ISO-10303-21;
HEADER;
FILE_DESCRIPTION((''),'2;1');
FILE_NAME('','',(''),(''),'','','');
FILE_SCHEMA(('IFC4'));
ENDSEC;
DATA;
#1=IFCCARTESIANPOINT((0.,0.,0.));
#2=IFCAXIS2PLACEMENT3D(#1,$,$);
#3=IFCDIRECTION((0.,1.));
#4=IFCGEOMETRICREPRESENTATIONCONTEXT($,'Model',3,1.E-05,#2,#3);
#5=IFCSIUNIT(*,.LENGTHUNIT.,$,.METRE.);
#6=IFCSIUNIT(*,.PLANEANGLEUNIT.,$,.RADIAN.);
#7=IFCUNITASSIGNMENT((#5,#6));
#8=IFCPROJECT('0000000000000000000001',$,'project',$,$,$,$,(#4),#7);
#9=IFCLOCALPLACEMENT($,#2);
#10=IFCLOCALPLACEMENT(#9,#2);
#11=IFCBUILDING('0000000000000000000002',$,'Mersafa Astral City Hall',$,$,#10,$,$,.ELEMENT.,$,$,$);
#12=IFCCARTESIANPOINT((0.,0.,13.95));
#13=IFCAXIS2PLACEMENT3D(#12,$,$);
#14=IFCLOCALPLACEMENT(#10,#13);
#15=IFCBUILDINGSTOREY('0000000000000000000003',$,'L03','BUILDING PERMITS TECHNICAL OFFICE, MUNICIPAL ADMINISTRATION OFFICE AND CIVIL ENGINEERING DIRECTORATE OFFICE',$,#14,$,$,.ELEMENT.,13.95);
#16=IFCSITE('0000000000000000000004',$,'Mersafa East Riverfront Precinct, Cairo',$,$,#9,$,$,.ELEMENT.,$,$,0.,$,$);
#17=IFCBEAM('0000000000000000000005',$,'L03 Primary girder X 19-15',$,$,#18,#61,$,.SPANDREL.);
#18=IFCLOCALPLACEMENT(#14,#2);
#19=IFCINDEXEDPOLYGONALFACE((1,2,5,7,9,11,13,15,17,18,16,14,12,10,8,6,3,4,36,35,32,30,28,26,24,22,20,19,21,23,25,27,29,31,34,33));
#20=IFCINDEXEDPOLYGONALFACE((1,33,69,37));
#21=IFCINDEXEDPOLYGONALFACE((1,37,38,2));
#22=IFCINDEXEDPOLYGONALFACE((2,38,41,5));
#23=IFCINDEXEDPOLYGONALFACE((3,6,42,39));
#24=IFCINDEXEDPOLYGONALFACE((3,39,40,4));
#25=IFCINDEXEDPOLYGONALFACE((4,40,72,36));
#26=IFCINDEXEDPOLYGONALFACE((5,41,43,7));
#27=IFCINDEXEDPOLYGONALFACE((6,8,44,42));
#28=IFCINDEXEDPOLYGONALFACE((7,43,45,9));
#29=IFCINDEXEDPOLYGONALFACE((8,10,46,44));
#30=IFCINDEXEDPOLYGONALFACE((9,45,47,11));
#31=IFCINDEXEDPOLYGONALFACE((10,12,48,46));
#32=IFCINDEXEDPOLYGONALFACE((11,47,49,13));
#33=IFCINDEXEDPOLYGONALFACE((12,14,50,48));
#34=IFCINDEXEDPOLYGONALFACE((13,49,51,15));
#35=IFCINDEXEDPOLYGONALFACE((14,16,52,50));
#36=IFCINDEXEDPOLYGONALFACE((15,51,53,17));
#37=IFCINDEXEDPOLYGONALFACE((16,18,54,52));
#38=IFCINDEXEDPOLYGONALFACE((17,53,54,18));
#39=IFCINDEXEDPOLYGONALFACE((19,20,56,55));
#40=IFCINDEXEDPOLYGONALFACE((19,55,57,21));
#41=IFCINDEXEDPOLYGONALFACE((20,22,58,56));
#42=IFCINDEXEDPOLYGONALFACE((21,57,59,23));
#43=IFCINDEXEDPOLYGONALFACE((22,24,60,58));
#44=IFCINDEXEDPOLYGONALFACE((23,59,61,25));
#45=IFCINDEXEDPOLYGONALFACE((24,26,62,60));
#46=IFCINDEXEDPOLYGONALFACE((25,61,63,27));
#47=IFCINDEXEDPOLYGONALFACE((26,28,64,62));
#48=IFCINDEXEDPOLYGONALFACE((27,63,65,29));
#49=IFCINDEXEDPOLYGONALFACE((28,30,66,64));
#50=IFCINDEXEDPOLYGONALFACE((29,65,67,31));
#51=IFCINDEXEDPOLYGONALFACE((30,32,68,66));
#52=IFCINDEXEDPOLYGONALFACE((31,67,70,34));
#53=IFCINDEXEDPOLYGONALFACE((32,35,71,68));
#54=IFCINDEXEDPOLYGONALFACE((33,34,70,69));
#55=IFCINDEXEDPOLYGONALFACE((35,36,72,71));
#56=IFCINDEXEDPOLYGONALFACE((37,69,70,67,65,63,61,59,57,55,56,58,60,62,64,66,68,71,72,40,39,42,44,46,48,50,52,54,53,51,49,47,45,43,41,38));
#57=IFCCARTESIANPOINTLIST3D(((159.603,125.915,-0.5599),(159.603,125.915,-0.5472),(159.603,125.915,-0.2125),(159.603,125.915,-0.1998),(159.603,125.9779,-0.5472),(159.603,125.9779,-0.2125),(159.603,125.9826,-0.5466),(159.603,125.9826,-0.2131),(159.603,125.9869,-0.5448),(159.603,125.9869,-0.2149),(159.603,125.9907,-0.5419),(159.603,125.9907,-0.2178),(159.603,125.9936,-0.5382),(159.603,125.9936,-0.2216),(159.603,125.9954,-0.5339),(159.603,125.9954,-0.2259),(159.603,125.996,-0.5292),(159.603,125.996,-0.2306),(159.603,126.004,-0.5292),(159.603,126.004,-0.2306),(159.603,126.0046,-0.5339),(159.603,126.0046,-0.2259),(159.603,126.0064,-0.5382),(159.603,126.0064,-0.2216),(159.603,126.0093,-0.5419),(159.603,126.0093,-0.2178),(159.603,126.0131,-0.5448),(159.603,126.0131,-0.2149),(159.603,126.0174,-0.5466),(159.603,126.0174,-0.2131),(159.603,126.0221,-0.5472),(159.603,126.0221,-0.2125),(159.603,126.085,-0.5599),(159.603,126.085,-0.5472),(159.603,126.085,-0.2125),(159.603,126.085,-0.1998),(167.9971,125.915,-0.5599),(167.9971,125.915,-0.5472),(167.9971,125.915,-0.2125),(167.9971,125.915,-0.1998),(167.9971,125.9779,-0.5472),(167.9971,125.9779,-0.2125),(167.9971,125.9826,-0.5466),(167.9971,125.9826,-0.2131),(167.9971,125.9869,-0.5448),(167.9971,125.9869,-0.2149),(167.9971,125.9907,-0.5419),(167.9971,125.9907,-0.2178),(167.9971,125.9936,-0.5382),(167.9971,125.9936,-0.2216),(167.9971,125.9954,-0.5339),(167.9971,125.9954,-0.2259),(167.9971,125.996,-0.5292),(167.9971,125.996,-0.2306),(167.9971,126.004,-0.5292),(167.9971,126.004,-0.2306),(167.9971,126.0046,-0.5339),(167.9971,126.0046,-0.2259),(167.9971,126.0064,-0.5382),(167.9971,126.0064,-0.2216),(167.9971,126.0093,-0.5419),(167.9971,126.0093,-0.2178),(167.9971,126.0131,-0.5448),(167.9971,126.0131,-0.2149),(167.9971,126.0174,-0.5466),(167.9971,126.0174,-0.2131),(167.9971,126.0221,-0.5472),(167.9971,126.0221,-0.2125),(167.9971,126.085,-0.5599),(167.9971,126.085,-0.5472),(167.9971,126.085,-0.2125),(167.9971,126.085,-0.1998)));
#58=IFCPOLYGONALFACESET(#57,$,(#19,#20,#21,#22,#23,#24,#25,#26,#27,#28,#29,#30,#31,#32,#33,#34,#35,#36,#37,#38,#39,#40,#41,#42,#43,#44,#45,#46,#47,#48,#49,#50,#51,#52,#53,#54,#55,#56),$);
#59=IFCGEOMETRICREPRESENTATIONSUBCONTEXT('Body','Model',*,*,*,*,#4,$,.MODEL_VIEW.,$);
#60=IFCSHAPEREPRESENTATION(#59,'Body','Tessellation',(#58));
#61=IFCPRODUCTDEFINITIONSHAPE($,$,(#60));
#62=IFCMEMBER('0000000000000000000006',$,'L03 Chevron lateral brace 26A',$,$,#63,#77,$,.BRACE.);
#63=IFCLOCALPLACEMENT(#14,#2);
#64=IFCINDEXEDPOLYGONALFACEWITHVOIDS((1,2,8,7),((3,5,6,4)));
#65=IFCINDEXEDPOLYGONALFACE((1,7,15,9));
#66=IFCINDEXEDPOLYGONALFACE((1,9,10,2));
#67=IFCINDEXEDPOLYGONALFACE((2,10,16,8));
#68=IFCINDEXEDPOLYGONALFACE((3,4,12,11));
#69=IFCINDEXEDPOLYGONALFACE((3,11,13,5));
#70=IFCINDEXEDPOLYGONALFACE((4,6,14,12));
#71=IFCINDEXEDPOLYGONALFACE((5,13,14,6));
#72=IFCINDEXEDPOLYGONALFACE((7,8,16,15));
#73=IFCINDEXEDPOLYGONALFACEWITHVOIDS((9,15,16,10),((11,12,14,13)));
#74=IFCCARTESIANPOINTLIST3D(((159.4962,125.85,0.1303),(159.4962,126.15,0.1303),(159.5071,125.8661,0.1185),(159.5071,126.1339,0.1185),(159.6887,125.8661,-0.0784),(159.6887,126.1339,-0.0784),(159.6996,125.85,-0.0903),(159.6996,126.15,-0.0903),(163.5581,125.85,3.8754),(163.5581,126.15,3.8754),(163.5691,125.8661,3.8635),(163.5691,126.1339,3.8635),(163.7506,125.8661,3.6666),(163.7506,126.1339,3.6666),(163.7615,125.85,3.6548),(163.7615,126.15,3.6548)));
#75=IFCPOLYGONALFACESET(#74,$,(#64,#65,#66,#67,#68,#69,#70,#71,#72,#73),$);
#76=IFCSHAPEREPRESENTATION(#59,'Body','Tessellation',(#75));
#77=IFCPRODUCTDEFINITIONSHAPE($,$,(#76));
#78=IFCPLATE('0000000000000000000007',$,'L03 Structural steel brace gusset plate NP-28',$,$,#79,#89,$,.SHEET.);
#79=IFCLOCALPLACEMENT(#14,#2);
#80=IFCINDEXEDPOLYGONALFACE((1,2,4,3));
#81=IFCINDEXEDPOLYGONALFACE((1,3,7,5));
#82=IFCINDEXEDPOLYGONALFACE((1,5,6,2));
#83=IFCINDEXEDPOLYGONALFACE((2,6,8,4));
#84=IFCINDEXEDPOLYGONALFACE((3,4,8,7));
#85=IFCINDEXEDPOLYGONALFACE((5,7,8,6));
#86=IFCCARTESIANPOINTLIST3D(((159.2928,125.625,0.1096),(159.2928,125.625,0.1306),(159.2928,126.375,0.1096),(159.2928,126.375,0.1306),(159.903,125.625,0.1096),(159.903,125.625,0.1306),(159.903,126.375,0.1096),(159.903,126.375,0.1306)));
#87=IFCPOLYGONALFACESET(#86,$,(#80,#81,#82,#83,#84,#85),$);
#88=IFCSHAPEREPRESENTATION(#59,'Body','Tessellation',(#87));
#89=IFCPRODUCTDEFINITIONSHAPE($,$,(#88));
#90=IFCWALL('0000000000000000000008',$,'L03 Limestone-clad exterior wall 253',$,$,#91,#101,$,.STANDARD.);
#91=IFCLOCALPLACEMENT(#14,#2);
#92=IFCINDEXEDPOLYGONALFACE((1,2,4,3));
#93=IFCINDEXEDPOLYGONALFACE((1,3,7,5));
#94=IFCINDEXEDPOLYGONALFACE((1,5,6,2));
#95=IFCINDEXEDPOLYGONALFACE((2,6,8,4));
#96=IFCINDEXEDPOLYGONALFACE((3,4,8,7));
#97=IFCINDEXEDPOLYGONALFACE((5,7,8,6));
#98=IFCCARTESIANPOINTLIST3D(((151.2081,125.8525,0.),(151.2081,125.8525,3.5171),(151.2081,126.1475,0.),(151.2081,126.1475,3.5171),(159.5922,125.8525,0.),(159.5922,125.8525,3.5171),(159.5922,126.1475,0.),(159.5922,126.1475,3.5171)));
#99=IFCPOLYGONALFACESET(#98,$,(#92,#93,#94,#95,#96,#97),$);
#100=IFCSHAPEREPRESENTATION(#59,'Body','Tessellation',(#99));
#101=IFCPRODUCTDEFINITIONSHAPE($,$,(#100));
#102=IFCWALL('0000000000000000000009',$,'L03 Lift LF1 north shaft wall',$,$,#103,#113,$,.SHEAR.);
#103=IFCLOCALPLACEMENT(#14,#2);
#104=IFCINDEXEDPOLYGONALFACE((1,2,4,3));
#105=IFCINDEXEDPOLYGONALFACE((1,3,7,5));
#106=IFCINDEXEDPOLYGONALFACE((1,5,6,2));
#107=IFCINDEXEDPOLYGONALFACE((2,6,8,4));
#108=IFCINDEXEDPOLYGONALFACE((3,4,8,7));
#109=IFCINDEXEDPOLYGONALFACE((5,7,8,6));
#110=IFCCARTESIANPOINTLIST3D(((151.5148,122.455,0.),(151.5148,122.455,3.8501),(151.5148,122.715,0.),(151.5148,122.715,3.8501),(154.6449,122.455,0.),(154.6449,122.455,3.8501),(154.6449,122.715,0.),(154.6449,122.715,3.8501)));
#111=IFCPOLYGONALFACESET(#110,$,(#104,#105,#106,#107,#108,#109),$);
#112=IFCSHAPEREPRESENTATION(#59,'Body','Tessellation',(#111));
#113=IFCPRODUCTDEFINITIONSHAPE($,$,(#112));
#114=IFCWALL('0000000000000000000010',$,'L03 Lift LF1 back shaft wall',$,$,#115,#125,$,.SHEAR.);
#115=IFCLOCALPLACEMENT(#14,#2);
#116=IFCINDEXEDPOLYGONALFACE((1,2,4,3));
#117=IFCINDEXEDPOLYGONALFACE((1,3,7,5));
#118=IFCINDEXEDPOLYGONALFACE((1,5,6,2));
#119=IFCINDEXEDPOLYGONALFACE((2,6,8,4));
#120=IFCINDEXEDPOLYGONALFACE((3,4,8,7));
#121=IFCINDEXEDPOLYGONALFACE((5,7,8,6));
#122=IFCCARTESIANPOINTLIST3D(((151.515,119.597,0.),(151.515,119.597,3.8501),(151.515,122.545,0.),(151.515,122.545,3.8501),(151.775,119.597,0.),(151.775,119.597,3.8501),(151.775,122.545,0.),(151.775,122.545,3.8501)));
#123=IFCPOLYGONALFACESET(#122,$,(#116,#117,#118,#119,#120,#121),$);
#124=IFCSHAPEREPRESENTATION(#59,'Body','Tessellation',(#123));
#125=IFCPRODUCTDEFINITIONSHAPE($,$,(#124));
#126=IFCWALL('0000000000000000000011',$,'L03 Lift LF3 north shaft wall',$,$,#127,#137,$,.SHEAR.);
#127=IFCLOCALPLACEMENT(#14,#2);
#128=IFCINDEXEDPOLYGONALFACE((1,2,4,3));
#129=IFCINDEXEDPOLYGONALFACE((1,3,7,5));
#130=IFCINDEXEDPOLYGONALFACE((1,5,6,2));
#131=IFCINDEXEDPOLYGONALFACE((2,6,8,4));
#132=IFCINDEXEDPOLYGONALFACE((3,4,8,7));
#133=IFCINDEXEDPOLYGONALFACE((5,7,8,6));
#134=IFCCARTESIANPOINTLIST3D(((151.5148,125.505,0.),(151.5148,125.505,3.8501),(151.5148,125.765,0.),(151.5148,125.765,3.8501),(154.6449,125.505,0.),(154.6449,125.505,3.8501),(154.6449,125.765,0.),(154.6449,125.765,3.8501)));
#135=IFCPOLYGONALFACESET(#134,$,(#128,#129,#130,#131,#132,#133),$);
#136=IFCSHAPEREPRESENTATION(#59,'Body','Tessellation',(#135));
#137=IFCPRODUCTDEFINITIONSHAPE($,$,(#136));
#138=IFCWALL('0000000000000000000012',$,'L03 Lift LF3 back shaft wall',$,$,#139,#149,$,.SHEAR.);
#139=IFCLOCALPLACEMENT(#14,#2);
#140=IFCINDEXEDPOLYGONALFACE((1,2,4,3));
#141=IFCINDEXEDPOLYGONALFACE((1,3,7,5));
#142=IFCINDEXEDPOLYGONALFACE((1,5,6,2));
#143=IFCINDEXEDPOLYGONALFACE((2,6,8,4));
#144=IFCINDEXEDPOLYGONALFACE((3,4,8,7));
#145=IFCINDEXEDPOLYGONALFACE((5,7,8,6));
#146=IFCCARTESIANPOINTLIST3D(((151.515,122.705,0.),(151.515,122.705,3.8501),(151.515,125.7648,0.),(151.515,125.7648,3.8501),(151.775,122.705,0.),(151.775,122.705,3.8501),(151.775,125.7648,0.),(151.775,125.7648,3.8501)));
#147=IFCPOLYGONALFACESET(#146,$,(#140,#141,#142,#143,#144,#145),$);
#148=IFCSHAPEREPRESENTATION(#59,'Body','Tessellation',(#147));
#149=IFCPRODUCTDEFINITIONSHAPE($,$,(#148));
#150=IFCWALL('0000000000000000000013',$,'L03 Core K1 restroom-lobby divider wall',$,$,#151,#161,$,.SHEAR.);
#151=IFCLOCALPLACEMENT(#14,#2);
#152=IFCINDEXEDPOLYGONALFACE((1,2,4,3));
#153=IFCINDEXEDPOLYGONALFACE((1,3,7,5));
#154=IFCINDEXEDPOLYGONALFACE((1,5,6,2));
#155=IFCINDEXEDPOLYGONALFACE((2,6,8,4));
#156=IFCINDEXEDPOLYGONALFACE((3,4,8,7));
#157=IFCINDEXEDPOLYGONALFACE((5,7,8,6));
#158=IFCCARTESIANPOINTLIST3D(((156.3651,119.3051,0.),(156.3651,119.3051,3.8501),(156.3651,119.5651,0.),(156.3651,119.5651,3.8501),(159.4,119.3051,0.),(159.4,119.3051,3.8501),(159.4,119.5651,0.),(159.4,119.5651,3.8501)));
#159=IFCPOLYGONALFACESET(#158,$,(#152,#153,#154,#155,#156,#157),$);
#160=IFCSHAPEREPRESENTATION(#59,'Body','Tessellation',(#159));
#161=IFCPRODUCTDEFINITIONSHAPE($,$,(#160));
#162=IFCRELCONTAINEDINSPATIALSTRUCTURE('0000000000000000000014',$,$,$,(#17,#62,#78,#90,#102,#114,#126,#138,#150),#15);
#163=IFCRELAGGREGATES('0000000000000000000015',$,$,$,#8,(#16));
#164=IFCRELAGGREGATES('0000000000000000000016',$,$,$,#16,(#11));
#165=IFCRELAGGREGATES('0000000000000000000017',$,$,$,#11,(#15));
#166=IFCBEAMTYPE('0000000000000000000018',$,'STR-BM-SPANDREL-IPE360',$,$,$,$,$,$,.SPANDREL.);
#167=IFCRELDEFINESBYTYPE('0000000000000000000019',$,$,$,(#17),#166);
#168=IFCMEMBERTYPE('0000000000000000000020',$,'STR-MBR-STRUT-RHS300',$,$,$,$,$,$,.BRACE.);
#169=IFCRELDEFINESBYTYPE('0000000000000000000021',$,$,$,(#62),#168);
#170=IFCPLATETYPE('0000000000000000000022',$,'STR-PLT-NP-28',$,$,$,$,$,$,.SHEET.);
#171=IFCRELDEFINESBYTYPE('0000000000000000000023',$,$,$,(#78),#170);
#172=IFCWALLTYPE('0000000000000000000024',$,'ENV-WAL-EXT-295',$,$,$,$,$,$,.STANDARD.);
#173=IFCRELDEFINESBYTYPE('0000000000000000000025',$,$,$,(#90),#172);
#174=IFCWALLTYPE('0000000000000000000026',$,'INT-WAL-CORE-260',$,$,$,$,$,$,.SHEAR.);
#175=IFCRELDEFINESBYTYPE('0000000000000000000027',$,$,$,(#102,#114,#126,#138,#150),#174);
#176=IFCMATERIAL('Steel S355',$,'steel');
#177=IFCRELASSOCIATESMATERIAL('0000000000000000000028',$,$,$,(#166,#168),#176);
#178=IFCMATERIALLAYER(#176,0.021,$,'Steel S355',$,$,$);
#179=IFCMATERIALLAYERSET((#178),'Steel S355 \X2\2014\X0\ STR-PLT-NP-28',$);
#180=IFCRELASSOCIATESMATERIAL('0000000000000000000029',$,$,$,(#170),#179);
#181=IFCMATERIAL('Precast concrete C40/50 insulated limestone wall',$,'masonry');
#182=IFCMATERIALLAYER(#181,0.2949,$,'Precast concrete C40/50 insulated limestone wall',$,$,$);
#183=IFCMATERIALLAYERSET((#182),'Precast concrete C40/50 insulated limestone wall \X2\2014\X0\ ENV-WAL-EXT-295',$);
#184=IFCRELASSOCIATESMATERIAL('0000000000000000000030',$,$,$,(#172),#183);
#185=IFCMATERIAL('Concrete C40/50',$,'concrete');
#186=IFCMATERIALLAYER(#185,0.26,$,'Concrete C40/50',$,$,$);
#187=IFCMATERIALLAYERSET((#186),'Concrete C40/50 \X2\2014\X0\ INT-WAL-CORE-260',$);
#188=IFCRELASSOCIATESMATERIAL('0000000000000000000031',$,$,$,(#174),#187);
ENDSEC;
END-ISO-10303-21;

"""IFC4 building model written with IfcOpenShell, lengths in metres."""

from ifc_helpers import new_model, si_unit, direction, frame, frame_2d, origin, origin_2d, place, context, subcontext, project, spatial, rectangle, hollow_rectangle, i_section, extrude, material, layer, layer_set, material_profile, profile_set, type_object, element, save


model = new_model("IFC4")

# Units and contexts
model_context = context("Model", 3, precision=1e-05, world=origin(), true_north=direction((0.0, 1.0)))
body_context = subcontext(model_context, "Body", "Model", "MODEL_VIEW")
ifc_project = project(units=[si_unit("LENGTHUNIT", "METRE"), si_unit("PLANEANGLEUNIT", "RADIAN")], contexts=[model_context])

# Site, building, storey
site_placement = place(None, origin())
site = spatial("IfcSite", under=ifc_project, at=site_placement, Name="Mersafa East Riverfront Precinct, Cairo", CompositionType="ELEMENT", RefElevation=0.0)
building_placement = place(site_placement, origin())
building = spatial("IfcBuilding", under=site, at=building_placement, Name="Mersafa Astral City Hall", CompositionType="ELEMENT")
storey_placement = place(building_placement, frame((0.0, 0.0, 13.95)))
storey = spatial("IfcBuildingStorey", under=building, at=storey_placement, Name="L03", Description="BUILDING PERMITS TECHNICAL OFFICE, MUNICIPAL ADMINISTRATION OFFICE AND CIVIL ENGINEERING DIRECTORATE OFFICE", CompositionType="ELEMENT", Elevation=13.95)

# Shared definitions
ifc_material_1 = material(Name="Steel S355", Category="steel")

# Beam
ifc_material_profile_1 = material_profile(ifc_material_1, i_section(OverallWidth=0.1699, OverallDepth=0.3601, WebThickness=0.0081, FlangeThickness=0.0127, FilletRadius=0.0181, at=origin_2d()), Name="IPE 360")
ifc_profile_set_1 = profile_set([ifc_material_profile_1], Name="Steel S355")
beam_type_1 = type_object("IfcBeamType", Name="STR-BM-SPANDREL-IPE360", PredefinedType="SPANDREL", material=ifc_profile_set_1)
beam_1_placement = place(storey_placement, frame((159.603, 126.0, -0.3799), z_axis=(1.0, 0.0, 0.0), x_axis=(0.0, 1.0, 0.0)))
element("IfcBeam", 1, at=beam_1_placement, inside=storey, type_object=beam_type_1, Name="L03 Primary girder X 19-15", PredefinedType="SPANDREL", context=body_context, shape_type="SweptSolid", body=[
    extrude(i_section(OverallWidth=0.1699, OverallDepth=0.3601, WebThickness=0.0081, FlangeThickness=0.0127, FilletRadius=0.0181, at=origin_2d()), origin(), (0.0, 0.0, 1.0), 8.394),
])

# Member
ifc_material_profile_2 = material_profile(ifc_material_1, hollow_rectangle(XDim=0.3, YDim=0.3, WallThickness=0.0161, at=origin_2d()), Name="RHS 300x300x16")
ifc_profile_set_2 = profile_set([ifc_material_profile_2], Name="Steel S355")
member_type = type_object("IfcMemberType", Name="STR-MBR-STRUT-RHS300", PredefinedType="BRACE", material=ifc_profile_set_2)
member_placement = place(storey_placement, frame((159.5979, 126.0, 0.02), z_axis=(0.735203, 0.0, 0.677847), x_axis=(0.0, 1.0, 0.0)))
element("IfcMember", 2, at=member_placement, inside=storey, type_object=member_type, Name="L03 Chevron lateral brace 26A", PredefinedType="BRACE", context=body_context, shape_type="SweptSolid", body=[
    extrude(hollow_rectangle(XDim=0.3, YDim=0.3, WallThickness=0.0161, at=origin_2d()), origin(), (0.0, 0.0, 1.0), 5.5249),
])

# Plate
ifc_layer_1 = layer(ifc_material_1, 0.021, Name="Steel S355")
ifc_layer_set_1 = layer_set([ifc_layer_1], Name="Steel S355 — STR-PLT-NP-28")
plate_type = type_object("IfcPlateType", Name="STR-PLT-NP-28", PredefinedType="SHEET", material=ifc_layer_set_1)
plate_placement = place(storey_placement, frame((159.5979, 126.0, 0.1096), z_axis=(0.0, 0.0, 1.0), x_axis=(1.0, 0.0, 0.0)))
element("IfcPlate", 3, at=plate_placement, inside=storey, type_object=plate_type, Name="L03 Structural steel brace gusset plate NP-28", PredefinedType="SHEET", context=body_context, shape_type="SweptSolid", body=[
    extrude(rectangle(XDim=0.6101, YDim=0.75, at=origin_2d()), origin(), (0.0, 0.0, 1.0), 0.021),
])

# Walls
ifc_material_2 = material(Name="Precast concrete C40/50 insulated limestone wall", Category="masonry")
ifc_layer_2 = layer(ifc_material_2, 0.2949, Name="Precast concrete C40/50 insulated limestone wall")
ifc_layer_set_2 = layer_set([ifc_layer_2], Name="Precast concrete C40/50 insulated limestone wall — ENV-WAL-EXT-295")
wall_type_1 = type_object("IfcWallType", Name="ENV-WAL-EXT-295", PredefinedType="STANDARD", material=ifc_layer_set_2)
wall_1_placement = place(storey_placement, frame((159.592, 126.0, 0.0), z_axis=(0.0, 0.0, 1.0), x_axis=(-1.0, 0.0, 0.0)))
element("IfcWall", 4, at=wall_1_placement, inside=storey, type_object=wall_type_1, Name="L03 Limestone-clad exterior wall 253", PredefinedType="STANDARD", context=body_context, shape_type="SweptSolid", body=[
    extrude(rectangle(XDim=8.384, YDim=0.2949, at=frame_2d((4.1919, 0.0))), origin(), (0.0, 0.0, 1.0), 3.5171),
])
ifc_material_3 = material(Name="Concrete C40/50", Category="concrete")
ifc_layer_3 = layer(ifc_material_3, 0.26, Name="Concrete C40/50")
ifc_layer_set_3 = layer_set([ifc_layer_3], Name="Concrete C40/50 — INT-WAL-CORE-260")
wall_type_2 = type_object("IfcWallType", Name="INT-WAL-CORE-260", PredefinedType="SHEAR", material=ifc_layer_set_3)
wall_2_placement = place(storey_placement, frame((151.5149, 122.585, 0.0), z_axis=(0.0, 0.0, 1.0), x_axis=(1.0, 0.0, 0.0)))
element("IfcWall", 5, at=wall_2_placement, inside=storey, type_object=wall_type_2, Name="L03 Lift LF1 north shaft wall", PredefinedType="SHEAR", context=body_context, shape_type="SweptSolid", body=[
    extrude(rectangle(XDim=3.1301, YDim=0.26, at=frame_2d((1.5649, 0.0))), origin(), (0.0, 0.0, 1.0), 3.8501),
])
wall_3_placement = place(storey_placement, frame((151.645, 119.5969, 0.0), z_axis=(0.0, 0.0, 1.0), x_axis=(0.0, 1.0, 0.0)))
element("IfcWall", 6, at=wall_3_placement, inside=storey, type_object=wall_type_2, Name="L03 Lift LF1 back shaft wall", PredefinedType="SHEAR", context=body_context, shape_type="SweptSolid", body=[
    extrude(rectangle(XDim=2.948, YDim=0.26, at=frame_2d((1.4741, 0.0))), origin(), (0.0, 0.0, 1.0), 3.8501),
])

# Walls
wall_4_placement = place(storey_placement, frame((151.5149, 125.635, 0.0), z_axis=(0.0, 0.0, 1.0), x_axis=(1.0, 0.0, 0.0)))
element("IfcWall", 7, at=wall_4_placement, inside=storey, type_object=wall_type_2, Name="L03 Lift LF3 north shaft wall", PredefinedType="SHEAR", context=body_context, shape_type="SweptSolid", body=[
    extrude(rectangle(XDim=3.1301, YDim=0.26, at=frame_2d((1.5649, 0.0))), origin(), (0.0, 0.0, 1.0), 3.8501),
])
wall_5_placement = place(storey_placement, frame((151.645, 122.7051, 0.0), z_axis=(0.0, 0.0, 1.0), x_axis=(0.0, 1.0, 0.0)))
element("IfcWall", 8, at=wall_5_placement, inside=storey, type_object=wall_type_2, Name="L03 Lift LF3 back shaft wall", PredefinedType="SHEAR", context=body_context, shape_type="SweptSolid", body=[
    extrude(rectangle(XDim=3.0598, YDim=0.26, at=frame_2d((1.5298, 0.0))), origin(), (0.0, 0.0, 1.0), 3.8501),
])

# Wall
wall_6_placement = place(storey_placement, frame((156.365, 119.4351, 0.0), z_axis=(0.0, 0.0, 1.0), x_axis=(1.0, 0.0, 0.0)))
element("IfcWall", 9, at=wall_6_placement, inside=storey, type_object=wall_type_2, Name="L03 Core K1 restroom-lobby divider wall", PredefinedType="SHEAR", context=body_context, shape_type="SweptSolid", body=[
    extrude(rectangle(XDim=3.0349, YDim=0.26, at=frame_2d((1.5176, 0.0))), origin(), (0.0, 0.0, 1.0), 3.8501),
])

save(model, "model.ifc")
